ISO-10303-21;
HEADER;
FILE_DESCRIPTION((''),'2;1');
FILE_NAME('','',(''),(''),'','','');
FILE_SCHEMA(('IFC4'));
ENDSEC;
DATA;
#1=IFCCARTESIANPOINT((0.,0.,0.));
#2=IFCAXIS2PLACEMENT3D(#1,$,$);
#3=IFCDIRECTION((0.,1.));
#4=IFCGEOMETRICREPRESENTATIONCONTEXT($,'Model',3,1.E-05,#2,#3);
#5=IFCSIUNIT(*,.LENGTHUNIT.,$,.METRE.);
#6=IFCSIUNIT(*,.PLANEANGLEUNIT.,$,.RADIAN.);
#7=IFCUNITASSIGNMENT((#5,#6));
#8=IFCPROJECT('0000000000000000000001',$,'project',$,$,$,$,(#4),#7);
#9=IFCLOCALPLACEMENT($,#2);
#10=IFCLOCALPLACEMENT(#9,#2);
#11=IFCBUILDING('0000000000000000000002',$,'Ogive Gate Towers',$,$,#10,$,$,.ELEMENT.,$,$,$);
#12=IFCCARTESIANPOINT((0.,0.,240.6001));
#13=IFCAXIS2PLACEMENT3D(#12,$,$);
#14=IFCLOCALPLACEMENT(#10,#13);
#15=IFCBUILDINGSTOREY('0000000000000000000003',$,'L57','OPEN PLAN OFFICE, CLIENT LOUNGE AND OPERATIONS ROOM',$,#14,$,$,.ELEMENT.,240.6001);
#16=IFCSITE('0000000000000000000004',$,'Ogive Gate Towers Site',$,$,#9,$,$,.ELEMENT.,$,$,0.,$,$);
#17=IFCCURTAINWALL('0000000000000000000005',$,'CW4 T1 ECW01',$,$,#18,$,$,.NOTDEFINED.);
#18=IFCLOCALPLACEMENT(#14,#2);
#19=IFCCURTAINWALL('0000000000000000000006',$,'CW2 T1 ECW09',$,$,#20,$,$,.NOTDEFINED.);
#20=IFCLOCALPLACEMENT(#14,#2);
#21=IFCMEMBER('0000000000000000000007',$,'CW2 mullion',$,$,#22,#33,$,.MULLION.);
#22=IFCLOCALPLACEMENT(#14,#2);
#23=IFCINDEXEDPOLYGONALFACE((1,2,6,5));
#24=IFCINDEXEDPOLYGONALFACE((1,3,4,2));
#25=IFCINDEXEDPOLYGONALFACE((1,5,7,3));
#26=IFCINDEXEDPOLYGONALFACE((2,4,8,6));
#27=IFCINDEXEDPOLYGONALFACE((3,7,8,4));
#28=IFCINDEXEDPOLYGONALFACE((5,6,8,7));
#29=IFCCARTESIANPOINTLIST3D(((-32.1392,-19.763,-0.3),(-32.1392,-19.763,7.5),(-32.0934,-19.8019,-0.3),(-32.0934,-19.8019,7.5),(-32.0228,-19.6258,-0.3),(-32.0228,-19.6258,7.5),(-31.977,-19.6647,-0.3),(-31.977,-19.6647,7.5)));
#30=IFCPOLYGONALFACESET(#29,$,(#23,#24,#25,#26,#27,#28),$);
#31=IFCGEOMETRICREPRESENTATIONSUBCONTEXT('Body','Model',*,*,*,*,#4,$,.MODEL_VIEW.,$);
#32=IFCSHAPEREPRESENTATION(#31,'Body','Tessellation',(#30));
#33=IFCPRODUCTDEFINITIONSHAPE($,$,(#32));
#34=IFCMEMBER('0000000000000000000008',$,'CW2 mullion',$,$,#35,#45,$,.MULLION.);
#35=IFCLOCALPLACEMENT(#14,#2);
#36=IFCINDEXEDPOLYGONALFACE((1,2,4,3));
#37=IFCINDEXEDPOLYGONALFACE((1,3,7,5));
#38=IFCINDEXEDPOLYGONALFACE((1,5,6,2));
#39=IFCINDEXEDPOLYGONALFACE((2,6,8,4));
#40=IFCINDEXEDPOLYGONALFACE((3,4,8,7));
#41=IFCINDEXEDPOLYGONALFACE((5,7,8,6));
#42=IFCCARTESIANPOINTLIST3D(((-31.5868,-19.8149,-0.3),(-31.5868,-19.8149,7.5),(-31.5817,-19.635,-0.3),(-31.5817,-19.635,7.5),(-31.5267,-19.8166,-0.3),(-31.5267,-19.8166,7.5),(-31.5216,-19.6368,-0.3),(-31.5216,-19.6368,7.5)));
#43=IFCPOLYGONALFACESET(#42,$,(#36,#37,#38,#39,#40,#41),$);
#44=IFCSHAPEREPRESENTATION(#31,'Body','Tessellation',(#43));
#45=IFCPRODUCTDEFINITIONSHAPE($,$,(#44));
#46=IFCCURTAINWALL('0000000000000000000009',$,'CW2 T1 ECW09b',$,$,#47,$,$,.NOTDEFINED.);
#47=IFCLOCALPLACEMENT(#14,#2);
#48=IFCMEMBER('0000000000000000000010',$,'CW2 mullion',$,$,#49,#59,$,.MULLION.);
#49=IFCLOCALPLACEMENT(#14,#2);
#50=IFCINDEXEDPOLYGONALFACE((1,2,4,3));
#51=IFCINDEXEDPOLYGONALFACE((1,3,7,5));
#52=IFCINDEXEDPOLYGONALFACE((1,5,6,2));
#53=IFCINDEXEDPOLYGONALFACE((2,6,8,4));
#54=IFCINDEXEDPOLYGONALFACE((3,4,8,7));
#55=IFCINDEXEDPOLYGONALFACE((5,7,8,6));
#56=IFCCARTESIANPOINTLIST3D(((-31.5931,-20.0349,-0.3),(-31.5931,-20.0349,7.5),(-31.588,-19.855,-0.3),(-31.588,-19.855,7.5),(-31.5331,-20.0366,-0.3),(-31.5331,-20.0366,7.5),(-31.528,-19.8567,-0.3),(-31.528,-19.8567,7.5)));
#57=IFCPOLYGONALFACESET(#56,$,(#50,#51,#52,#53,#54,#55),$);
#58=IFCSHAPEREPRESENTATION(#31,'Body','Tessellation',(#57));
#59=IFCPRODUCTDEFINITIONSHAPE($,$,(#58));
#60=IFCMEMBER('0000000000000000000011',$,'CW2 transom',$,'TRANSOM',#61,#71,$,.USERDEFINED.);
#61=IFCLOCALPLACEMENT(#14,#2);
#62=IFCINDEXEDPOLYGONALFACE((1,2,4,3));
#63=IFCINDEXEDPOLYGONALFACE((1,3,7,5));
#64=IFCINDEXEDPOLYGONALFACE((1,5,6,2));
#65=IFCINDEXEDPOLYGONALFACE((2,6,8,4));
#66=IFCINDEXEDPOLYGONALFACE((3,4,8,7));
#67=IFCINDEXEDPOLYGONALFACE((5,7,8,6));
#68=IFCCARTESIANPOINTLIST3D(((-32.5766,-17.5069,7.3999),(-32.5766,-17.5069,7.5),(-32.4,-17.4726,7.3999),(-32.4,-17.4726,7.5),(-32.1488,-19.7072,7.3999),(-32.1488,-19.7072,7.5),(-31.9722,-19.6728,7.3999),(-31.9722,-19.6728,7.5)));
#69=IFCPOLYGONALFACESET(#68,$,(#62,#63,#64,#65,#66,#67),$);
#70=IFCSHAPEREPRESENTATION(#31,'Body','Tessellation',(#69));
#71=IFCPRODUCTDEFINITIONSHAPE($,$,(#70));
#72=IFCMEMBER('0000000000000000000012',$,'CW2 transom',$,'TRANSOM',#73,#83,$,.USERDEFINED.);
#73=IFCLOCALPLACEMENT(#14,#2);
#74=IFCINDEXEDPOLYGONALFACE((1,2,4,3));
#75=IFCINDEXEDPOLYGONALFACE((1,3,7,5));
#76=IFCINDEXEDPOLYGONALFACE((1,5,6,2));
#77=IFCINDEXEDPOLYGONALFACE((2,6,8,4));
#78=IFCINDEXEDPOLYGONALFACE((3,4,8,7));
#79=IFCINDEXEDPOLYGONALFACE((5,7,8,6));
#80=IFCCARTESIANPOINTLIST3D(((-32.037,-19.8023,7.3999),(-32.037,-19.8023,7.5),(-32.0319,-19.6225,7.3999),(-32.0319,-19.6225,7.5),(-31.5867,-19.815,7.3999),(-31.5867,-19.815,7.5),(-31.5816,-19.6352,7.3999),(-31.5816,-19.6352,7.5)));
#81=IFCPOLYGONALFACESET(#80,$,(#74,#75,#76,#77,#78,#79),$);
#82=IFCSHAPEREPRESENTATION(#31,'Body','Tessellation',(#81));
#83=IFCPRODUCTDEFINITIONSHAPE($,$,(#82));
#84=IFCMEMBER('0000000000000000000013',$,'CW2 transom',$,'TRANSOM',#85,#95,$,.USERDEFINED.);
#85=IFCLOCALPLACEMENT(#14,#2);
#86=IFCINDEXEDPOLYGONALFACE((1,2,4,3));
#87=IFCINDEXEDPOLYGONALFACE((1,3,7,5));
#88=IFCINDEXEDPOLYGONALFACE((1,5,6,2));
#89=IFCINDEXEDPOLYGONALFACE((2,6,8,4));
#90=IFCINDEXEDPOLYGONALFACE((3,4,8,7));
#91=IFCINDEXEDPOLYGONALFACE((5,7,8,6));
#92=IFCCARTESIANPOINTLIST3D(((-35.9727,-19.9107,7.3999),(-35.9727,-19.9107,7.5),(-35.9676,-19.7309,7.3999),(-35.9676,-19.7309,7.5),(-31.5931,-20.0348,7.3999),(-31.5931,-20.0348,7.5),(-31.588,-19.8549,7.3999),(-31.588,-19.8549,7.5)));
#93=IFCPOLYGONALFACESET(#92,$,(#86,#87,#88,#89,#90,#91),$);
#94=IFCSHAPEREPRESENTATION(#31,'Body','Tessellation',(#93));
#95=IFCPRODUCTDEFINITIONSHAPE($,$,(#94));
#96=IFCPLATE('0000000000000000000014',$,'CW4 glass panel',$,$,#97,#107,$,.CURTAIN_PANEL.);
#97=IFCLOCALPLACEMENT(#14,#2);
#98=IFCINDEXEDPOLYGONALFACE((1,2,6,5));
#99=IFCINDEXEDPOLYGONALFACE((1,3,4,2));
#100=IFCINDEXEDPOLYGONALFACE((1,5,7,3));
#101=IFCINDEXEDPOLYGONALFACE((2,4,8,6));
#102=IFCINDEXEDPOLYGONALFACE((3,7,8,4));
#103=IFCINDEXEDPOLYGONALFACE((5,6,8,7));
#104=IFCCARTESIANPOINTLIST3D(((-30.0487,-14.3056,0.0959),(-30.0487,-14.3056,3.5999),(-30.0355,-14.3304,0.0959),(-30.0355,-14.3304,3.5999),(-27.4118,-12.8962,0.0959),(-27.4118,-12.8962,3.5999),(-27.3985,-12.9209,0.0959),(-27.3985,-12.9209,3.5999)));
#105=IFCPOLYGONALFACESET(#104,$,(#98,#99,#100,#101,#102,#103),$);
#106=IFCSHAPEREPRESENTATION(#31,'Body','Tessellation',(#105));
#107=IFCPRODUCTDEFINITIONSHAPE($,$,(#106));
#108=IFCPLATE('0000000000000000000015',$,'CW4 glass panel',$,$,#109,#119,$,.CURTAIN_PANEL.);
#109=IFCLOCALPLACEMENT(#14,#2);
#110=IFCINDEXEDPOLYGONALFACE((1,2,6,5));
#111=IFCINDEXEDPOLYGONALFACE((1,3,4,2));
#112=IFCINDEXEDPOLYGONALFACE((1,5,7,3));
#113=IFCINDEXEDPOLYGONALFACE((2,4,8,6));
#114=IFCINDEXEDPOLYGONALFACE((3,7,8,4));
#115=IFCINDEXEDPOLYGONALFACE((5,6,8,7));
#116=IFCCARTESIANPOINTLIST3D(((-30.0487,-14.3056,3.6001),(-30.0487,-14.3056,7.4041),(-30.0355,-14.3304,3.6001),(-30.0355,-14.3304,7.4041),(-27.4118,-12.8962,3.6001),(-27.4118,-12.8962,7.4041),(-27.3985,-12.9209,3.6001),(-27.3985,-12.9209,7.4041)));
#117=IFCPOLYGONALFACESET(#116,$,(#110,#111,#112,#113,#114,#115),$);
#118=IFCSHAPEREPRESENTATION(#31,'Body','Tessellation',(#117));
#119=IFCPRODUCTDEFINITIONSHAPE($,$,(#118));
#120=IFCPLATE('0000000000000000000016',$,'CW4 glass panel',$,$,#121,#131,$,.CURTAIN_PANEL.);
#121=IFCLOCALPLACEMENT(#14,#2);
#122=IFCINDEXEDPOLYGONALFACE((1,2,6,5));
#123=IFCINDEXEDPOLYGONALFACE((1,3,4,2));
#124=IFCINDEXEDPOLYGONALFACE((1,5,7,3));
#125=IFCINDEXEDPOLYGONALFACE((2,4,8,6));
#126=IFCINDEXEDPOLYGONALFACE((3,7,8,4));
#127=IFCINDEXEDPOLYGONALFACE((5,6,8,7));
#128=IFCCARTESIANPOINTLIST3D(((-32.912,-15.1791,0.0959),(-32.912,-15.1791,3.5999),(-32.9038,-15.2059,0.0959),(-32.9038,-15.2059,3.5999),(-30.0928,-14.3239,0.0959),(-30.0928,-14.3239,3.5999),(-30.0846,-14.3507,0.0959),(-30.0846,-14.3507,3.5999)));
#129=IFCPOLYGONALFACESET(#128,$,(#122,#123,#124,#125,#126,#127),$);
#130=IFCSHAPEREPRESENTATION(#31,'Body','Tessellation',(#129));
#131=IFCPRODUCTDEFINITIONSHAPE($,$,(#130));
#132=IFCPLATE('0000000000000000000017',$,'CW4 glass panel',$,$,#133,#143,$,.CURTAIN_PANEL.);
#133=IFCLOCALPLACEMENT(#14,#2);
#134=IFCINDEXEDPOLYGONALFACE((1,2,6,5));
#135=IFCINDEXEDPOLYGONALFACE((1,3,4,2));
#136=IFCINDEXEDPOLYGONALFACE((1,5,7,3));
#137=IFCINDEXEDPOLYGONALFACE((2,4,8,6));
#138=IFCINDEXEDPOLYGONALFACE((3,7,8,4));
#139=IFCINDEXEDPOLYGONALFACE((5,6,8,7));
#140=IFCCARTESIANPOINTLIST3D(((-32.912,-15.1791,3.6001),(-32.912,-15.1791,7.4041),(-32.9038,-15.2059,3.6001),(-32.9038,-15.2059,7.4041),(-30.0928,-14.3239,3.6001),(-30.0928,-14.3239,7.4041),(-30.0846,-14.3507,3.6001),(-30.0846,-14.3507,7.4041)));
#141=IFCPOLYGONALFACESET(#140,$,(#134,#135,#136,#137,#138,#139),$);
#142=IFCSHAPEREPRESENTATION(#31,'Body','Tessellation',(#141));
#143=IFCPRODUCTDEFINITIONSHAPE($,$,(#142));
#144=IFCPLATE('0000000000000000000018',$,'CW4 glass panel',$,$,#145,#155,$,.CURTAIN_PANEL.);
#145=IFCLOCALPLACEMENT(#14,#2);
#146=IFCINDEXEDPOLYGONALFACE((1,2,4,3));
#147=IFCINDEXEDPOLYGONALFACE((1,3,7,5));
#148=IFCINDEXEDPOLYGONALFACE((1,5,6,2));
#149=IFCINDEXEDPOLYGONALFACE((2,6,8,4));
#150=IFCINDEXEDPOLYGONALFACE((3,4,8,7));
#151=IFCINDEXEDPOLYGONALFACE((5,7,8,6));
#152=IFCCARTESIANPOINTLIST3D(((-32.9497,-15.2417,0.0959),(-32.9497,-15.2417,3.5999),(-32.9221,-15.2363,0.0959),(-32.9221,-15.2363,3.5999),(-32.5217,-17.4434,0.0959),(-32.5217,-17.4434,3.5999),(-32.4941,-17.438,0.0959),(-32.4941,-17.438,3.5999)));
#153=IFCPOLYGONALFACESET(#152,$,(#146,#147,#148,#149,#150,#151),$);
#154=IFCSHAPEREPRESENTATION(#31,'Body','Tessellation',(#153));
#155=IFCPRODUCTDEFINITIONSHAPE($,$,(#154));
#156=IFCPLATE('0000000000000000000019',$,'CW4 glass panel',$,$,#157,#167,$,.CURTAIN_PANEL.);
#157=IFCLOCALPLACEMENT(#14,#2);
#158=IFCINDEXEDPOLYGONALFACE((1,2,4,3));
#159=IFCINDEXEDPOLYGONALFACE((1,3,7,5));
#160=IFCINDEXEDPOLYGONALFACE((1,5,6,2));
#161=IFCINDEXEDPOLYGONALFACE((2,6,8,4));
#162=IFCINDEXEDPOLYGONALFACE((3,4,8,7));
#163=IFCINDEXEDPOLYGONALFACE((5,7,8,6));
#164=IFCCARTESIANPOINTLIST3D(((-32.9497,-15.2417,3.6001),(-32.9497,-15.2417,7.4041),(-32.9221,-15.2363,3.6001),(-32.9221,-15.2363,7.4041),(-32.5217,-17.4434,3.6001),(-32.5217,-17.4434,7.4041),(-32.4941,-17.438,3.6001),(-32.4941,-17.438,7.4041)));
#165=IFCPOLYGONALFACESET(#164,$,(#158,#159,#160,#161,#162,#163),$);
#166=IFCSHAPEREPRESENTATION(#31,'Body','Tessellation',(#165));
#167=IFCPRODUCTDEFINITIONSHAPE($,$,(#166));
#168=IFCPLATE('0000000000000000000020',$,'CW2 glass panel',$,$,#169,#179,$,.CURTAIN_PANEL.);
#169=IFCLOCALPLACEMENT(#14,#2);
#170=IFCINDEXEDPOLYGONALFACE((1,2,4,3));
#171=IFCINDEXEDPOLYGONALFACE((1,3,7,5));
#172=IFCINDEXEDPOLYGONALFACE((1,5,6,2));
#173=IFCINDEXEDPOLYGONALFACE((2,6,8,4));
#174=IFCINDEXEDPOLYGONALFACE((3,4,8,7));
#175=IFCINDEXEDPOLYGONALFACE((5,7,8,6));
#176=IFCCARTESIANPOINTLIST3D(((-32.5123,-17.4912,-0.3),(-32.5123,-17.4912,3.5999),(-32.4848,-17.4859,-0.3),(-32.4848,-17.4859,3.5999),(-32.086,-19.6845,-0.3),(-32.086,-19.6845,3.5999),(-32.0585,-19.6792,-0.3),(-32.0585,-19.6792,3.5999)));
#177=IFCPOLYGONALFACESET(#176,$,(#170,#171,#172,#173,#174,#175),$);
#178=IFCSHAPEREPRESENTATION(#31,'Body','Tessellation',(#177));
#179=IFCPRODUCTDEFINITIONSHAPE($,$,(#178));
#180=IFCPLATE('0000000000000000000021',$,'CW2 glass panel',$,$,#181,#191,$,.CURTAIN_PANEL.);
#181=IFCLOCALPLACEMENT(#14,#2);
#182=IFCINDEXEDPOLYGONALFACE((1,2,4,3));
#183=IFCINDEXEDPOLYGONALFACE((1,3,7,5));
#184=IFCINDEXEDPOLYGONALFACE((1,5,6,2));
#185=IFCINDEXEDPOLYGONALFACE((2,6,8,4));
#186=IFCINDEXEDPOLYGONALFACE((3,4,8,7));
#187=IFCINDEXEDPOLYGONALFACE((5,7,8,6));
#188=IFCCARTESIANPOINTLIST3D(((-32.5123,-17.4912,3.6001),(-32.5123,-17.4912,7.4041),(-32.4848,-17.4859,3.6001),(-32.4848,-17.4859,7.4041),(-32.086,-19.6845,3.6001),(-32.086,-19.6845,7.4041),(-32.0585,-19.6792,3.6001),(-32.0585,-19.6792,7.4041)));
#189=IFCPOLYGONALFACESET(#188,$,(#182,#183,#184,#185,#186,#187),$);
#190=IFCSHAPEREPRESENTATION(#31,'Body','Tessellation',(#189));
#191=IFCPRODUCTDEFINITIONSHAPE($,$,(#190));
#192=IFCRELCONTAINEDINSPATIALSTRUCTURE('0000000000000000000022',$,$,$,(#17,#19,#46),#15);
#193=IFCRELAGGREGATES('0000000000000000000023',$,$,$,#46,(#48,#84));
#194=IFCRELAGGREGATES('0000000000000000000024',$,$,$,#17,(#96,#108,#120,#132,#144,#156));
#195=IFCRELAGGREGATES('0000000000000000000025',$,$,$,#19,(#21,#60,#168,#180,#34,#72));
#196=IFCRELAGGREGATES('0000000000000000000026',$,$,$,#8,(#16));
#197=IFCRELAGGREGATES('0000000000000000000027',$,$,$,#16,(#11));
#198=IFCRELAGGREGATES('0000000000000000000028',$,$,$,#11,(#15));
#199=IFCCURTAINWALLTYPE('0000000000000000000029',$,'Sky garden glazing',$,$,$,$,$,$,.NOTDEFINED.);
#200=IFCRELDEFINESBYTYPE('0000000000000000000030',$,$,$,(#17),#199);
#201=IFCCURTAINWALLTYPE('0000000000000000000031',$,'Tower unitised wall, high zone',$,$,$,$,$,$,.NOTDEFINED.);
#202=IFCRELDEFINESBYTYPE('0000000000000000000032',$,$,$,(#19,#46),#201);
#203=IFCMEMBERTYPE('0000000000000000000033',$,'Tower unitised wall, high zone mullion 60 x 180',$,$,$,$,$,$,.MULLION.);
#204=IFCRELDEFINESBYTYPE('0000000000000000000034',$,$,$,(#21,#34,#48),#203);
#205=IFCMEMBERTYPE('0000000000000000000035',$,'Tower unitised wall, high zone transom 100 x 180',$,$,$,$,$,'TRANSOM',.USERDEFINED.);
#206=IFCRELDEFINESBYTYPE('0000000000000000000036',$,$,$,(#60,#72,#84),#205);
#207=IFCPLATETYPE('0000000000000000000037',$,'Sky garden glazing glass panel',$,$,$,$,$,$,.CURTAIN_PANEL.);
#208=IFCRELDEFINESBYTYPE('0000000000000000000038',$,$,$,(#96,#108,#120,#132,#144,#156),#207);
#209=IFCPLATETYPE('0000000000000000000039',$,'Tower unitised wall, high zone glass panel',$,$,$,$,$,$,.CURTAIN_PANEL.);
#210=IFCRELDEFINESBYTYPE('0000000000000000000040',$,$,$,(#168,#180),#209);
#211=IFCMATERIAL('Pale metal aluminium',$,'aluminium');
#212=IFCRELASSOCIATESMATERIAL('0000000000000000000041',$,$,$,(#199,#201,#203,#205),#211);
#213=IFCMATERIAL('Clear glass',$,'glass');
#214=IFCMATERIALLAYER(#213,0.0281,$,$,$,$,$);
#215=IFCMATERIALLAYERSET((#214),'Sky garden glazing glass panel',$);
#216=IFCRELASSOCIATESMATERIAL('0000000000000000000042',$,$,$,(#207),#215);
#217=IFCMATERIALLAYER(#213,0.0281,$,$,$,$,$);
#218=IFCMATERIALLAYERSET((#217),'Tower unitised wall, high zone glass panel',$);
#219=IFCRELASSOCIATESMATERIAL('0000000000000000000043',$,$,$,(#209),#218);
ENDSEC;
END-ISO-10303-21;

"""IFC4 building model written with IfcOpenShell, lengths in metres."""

from ifc_helpers import new_model, si_unit, direction, frame, origin, origin_2d, place, context, subcontext, project, spatial, rectangle, extrude, material, layer, layer_set, material_profile, profile_set, type_object, element, aggregate, save


model = new_model("IFC4")

# Units and contexts
model_context = context("Model", 3, precision=1e-05, world=origin(), true_north=direction((0.0, 1.0)))
body_context = subcontext(model_context, "Body", "Model", "MODEL_VIEW")
ifc_project = project(units=[si_unit("LENGTHUNIT", "METRE"), si_unit("PLANEANGLEUNIT", "RADIAN")], contexts=[model_context])

# Site, building, storey
site_placement = place(None, origin())
site = spatial("IfcSite", under=ifc_project, at=site_placement, Name="Ogive Gate Towers Site", CompositionType="ELEMENT", RefElevation=0.0)
building_placement = place(site_placement, origin())
building = spatial("IfcBuilding", under=site, at=building_placement, Name="Ogive Gate Towers", CompositionType="ELEMENT")
storey_placement = place(building_placement, frame((0.0, 0.0, 240.6001)))
storey = spatial("IfcBuildingStorey", under=building, at=storey_placement, Name="L57", Description="OPEN PLAN OFFICE, CLIENT LOUNGE AND OPERATIONS ROOM", CompositionType="ELEMENT", Elevation=240.6001)

# Curtain walls, members
ifc_material_1 = material(Name="Pale metal aluminium", Category="aluminium")
curtain_wall_type_1 = type_object("IfcCurtainWallType", Name="Sky garden glazing", PredefinedType="NOTDEFINED", material=ifc_material_1)
curtain_wall_1_placement = place(storey_placement, origin())
curtain_wall_1 = element("IfcCurtainWall", 1, at=curtain_wall_1_placement, inside=storey, type_object=curtain_wall_type_1, Name="CW4 T1 ECW01", PredefinedType="NOTDEFINED")
curtain_wall_type_2 = type_object("IfcCurtainWallType", Name="Tower unitised wall, high zone", PredefinedType="NOTDEFINED", material=ifc_material_1)
curtain_wall_2_placement = place(storey_placement, origin())
curtain_wall_2 = element("IfcCurtainWall", 2, at=curtain_wall_2_placement, inside=storey, type_object=curtain_wall_type_2, Name="CW2 T1 ECW09", PredefinedType="NOTDEFINED")
ifc_material_profile_1 = material_profile(ifc_material_1, rectangle(XDim=0.1799, YDim=0.0601, at=origin_2d()), Name="60 x 180 aluminium box")
ifc_profile_set_1 = profile_set([ifc_material_profile_1], Name="Pale metal aluminium")
member_type_1 = type_object("IfcMemberType", Name="Tower unitised wall, high zone mullion 60 x 180", PredefinedType="MULLION", material=ifc_profile_set_1)
member_1_placement = place(storey_placement, frame((-32.0581, -19.7139, -0.3), z_axis=(0.0, 0.0, 1.0), x_axis=(-0.646989, -0.762499, 0.0)))
member_1 = element("IfcMember", 3, at=member_1_placement, type_object=member_type_1, Name="CW2 mullion", PredefinedType="MULLION", context=body_context, shape_type="SweptSolid", body=[
    extrude(rectangle(XDim=0.1799, YDim=0.0601, at=origin_2d()), origin(), (0.0, 0.0, 1.0), 7.8),
])
member_2_placement = place(storey_placement, frame((-31.5542, -19.7258, -0.3), z_axis=(0.0, 0.0, 1.0), x_axis=(-0.02841, -0.999596, 0.0)))
member_2 = element("IfcMember", 4, at=member_2_placement, type_object=member_type_1, Name="CW2 mullion", PredefinedType="MULLION", context=body_context, shape_type="SweptSolid", body=[
    extrude(rectangle(XDim=0.1799, YDim=0.0601, at=origin_2d()), origin(), (0.0, 0.0, 1.0), 7.8),
])

# Curtain wall, member
curtain_wall_3_placement = place(storey_placement, origin())
curtain_wall_3 = element("IfcCurtainWall", 5, at=curtain_wall_3_placement, inside=storey, type_object=curtain_wall_type_2, Name="CW2 T1 ECW09b", PredefinedType="NOTDEFINED")
member_3_placement = place(storey_placement, frame((-31.5605, -19.9458, -0.3), z_axis=(0.0, 0.0, 1.0), x_axis=(0.028323, 0.999599, 0.0)))
member_3 = element("IfcMember", 6, at=member_3_placement, type_object=member_type_1, Name="CW2 mullion", PredefinedType="MULLION", context=body_context, shape_type="SweptSolid", body=[
    extrude(rectangle(XDim=0.1799, YDim=0.0601, at=origin_2d()), origin(), (0.0, 0.0, 1.0), 7.8),
])

# Members
ifc_material_profile_2 = material_profile(ifc_material_1, rectangle(XDim=0.1799, YDim=0.1001, at=origin_2d()), Name="100 x 180 aluminium box")
ifc_profile_set_2 = profile_set([ifc_material_profile_2], Name="Pale metal aluminium")
member_type_2 = type_object("IfcMemberType", Name="Tower unitised wall, high zone transom 100 x 180", ElementType="TRANSOM", PredefinedType="USERDEFINED", material=ifc_profile_set_2)
member_4_placement = place(storey_placement, frame((-32.4883, -17.4897, 7.45), z_axis=(0.190835, -0.981622, 0.0), x_axis=(0.981622, 0.190835, 0.0)))
member_4 = element("IfcMember", 7, at=member_4_placement, type_object=member_type_2, Name="CW2 transom", ObjectType="TRANSOM", PredefinedType="USERDEFINED", context=body_context, shape_type="SweptSolid", body=[
    extrude(rectangle(XDim=0.1799, YDim=0.1001, at=origin_2d()), origin(), (0.0, 0.0, 1.0), 2.2415),
])
member_5_placement = place(storey_placement, frame((-32.0344, -19.7124, 7.45), z_axis=(0.999603, -0.028188, 0.0), x_axis=(0.028188, 0.999603, 0.0)))
member_5 = element("IfcMember", 8, at=member_5_placement, type_object=member_type_2, Name="CW2 transom", ObjectType="TRANSOM", PredefinedType="USERDEFINED", context=body_context, shape_type="SweptSolid", body=[
    extrude(rectangle(XDim=0.1799, YDim=0.1001, at=origin_2d()), origin(), (0.0, 0.0, 1.0), 0.4504),
])
member_6_placement = place(storey_placement, frame((-31.5906, -19.9448, 7.45), z_axis=(-0.999599, 0.028307, 0.0), x_axis=(-0.028307, -0.999599, 0.0)))
member_6 = element("IfcMember", 9, at=member_6_placement, type_object=member_type_2, Name="CW2 transom", ObjectType="TRANSOM", PredefinedType="USERDEFINED", context=body_context, shape_type="SweptSolid", body=[
    extrude(rectangle(XDim=0.1799, YDim=0.1001, at=origin_2d()), origin(), (0.0, 0.0, 1.0), 4.3813),
])
aggregate(curtain_wall_3, [member_3, member_6])

# Plates
ifc_material_2 = material(Name="Clear glass", Category="glass")
ifc_layer_1 = layer(ifc_material_2, 0.0281)
ifc_layer_set_1 = layer_set([ifc_layer_1], Name="Sky garden glazing glass panel")
plate_type_1 = type_object("IfcPlateType", Name="Sky garden glazing glass panel", PredefinedType="CURTAIN_PANEL", material=ifc_layer_set_1)
plate_1_placement = place(storey_placement, frame((-28.7236, -13.6133, 0.0959), z_axis=(0.0, 0.0, 1.0), x_axis=(-0.881929, -0.471381, 0.0)))
plate_1 = element("IfcPlate", 10, at=plate_1_placement, type_object=plate_type_1, Name="CW4 glass panel", PredefinedType="CURTAIN_PANEL", context=body_context, shape_type="SweptSolid", body=[
    extrude(rectangle(XDim=2.99, YDim=0.0281, at=origin_2d()), origin(), (0.0, 0.0, 1.0), 3.5039),
])
plate_2_placement = place(storey_placement, frame((-28.7236, -13.6133, 3.6001), z_axis=(0.0, 0.0, 1.0), x_axis=(-0.881929, -0.471381, 0.0)))
plate_2 = element("IfcPlate", 11, at=plate_2_placement, type_object=plate_type_1, Name="CW4 glass panel", PredefinedType="CURTAIN_PANEL", context=body_context, shape_type="SweptSolid", body=[
    extrude(rectangle(XDim=2.99, YDim=0.0281, at=origin_2d()), origin(), (0.0, 0.0, 1.0), 3.804),
])
plate_3_placement = place(storey_placement, frame((-31.4983, -14.7649, 0.0959), z_axis=(0.0, 0.0, 1.0), x_axis=(-0.95694, -0.290285, 0.0)))
plate_3 = element("IfcPlate", 12, at=plate_3_placement, type_object=plate_type_1, Name="CW4 glass panel", PredefinedType="CURTAIN_PANEL", context=body_context, shape_type="SweptSolid", body=[
    extrude(rectangle(XDim=2.946, YDim=0.0281, at=origin_2d()), origin(), (0.0, 0.0, 1.0), 3.5039),
])
plate_4_placement = place(storey_placement, frame((-31.4983, -14.7649, 3.6001), z_axis=(0.0, 0.0, 1.0), x_axis=(-0.95694, -0.290285, 0.0)))
plate_4 = element("IfcPlate", 13, at=plate_4_placement, type_object=plate_type_1, Name="CW4 glass panel", PredefinedType="CURTAIN_PANEL", context=body_context, shape_type="SweptSolid", body=[
    extrude(rectangle(XDim=2.946, YDim=0.0281, at=origin_2d()), origin(), (0.0, 0.0, 1.0), 3.804),
])
plate_5_placement = place(storey_placement, frame((-32.7219, -16.3398, 0.0959), z_axis=(0.0, 0.0, 1.0), x_axis=(0.190826, -0.981624, 0.0)))
plate_5 = element("IfcPlate", 14, at=plate_5_placement, type_object=plate_type_1, Name="CW4 glass panel", PredefinedType="CURTAIN_PANEL", context=body_context, shape_type="SweptSolid", body=[
    extrude(rectangle(XDim=2.2429, YDim=0.0281, at=origin_2d()), origin(), (0.0, 0.0, 1.0), 3.5039),
])
plate_6_placement = place(storey_placement, frame((-32.7219, -16.3398, 3.6001), z_axis=(0.0, 0.0, 1.0), x_axis=(0.190826, -0.981624, 0.0)))
plate_6 = element("IfcPlate", 15, at=plate_6_placement, type_object=plate_type_1, Name="CW4 glass panel", PredefinedType="CURTAIN_PANEL", context=body_context, shape_type="SweptSolid", body=[
    extrude(rectangle(XDim=2.2429, YDim=0.0281, at=origin_2d()), origin(), (0.0, 0.0, 1.0), 3.804),
])
aggregate(curtain_wall_1, [plate_1, plate_2, plate_3, plate_4, plate_5, plate_6])
ifc_layer_2 = layer(ifc_material_2, 0.0281)
ifc_layer_set_2 = layer_set([ifc_layer_2], Name="Tower unitised wall, high zone glass panel")
plate_type_2 = type_object("IfcPlateType", Name="Tower unitised wall, high zone glass panel", PredefinedType="CURTAIN_PANEL", material=ifc_layer_set_2)
plate_7_placement = place(storey_placement, frame((-32.2854, -18.5852, -0.3), z_axis=(0.0, 0.0, 1.0), x_axis=(0.190792, -0.981631, 0.0)))
plate_7 = element("IfcPlate", 16, at=plate_7_placement, type_object=plate_type_2, Name="CW2 glass panel", PredefinedType="CURTAIN_PANEL", context=body_context, shape_type="SweptSolid", body=[
    extrude(rectangle(XDim=2.2344, YDim=0.0281, at=origin_2d()), origin(), (0.0, 0.0, 1.0), 3.8999),
])
plate_8_placement = place(storey_placement, frame((-32.2854, -18.5852, 3.6001), z_axis=(0.0, 0.0, 1.0), x_axis=(0.190792, -0.981631, 0.0)))
plate_8 = element("IfcPlate", 17, at=plate_8_placement, type_object=plate_type_2, Name="CW2 glass panel", PredefinedType="CURTAIN_PANEL", context=body_context, shape_type="SweptSolid", body=[
    extrude(rectangle(XDim=2.2344, YDim=0.0281, at=origin_2d()), origin(), (0.0, 0.0, 1.0), 3.804),
])
aggregate(curtain_wall_2, [member_1, member_4, plate_7, plate_8, member_2, member_5])

save(model, "model.ifc")
